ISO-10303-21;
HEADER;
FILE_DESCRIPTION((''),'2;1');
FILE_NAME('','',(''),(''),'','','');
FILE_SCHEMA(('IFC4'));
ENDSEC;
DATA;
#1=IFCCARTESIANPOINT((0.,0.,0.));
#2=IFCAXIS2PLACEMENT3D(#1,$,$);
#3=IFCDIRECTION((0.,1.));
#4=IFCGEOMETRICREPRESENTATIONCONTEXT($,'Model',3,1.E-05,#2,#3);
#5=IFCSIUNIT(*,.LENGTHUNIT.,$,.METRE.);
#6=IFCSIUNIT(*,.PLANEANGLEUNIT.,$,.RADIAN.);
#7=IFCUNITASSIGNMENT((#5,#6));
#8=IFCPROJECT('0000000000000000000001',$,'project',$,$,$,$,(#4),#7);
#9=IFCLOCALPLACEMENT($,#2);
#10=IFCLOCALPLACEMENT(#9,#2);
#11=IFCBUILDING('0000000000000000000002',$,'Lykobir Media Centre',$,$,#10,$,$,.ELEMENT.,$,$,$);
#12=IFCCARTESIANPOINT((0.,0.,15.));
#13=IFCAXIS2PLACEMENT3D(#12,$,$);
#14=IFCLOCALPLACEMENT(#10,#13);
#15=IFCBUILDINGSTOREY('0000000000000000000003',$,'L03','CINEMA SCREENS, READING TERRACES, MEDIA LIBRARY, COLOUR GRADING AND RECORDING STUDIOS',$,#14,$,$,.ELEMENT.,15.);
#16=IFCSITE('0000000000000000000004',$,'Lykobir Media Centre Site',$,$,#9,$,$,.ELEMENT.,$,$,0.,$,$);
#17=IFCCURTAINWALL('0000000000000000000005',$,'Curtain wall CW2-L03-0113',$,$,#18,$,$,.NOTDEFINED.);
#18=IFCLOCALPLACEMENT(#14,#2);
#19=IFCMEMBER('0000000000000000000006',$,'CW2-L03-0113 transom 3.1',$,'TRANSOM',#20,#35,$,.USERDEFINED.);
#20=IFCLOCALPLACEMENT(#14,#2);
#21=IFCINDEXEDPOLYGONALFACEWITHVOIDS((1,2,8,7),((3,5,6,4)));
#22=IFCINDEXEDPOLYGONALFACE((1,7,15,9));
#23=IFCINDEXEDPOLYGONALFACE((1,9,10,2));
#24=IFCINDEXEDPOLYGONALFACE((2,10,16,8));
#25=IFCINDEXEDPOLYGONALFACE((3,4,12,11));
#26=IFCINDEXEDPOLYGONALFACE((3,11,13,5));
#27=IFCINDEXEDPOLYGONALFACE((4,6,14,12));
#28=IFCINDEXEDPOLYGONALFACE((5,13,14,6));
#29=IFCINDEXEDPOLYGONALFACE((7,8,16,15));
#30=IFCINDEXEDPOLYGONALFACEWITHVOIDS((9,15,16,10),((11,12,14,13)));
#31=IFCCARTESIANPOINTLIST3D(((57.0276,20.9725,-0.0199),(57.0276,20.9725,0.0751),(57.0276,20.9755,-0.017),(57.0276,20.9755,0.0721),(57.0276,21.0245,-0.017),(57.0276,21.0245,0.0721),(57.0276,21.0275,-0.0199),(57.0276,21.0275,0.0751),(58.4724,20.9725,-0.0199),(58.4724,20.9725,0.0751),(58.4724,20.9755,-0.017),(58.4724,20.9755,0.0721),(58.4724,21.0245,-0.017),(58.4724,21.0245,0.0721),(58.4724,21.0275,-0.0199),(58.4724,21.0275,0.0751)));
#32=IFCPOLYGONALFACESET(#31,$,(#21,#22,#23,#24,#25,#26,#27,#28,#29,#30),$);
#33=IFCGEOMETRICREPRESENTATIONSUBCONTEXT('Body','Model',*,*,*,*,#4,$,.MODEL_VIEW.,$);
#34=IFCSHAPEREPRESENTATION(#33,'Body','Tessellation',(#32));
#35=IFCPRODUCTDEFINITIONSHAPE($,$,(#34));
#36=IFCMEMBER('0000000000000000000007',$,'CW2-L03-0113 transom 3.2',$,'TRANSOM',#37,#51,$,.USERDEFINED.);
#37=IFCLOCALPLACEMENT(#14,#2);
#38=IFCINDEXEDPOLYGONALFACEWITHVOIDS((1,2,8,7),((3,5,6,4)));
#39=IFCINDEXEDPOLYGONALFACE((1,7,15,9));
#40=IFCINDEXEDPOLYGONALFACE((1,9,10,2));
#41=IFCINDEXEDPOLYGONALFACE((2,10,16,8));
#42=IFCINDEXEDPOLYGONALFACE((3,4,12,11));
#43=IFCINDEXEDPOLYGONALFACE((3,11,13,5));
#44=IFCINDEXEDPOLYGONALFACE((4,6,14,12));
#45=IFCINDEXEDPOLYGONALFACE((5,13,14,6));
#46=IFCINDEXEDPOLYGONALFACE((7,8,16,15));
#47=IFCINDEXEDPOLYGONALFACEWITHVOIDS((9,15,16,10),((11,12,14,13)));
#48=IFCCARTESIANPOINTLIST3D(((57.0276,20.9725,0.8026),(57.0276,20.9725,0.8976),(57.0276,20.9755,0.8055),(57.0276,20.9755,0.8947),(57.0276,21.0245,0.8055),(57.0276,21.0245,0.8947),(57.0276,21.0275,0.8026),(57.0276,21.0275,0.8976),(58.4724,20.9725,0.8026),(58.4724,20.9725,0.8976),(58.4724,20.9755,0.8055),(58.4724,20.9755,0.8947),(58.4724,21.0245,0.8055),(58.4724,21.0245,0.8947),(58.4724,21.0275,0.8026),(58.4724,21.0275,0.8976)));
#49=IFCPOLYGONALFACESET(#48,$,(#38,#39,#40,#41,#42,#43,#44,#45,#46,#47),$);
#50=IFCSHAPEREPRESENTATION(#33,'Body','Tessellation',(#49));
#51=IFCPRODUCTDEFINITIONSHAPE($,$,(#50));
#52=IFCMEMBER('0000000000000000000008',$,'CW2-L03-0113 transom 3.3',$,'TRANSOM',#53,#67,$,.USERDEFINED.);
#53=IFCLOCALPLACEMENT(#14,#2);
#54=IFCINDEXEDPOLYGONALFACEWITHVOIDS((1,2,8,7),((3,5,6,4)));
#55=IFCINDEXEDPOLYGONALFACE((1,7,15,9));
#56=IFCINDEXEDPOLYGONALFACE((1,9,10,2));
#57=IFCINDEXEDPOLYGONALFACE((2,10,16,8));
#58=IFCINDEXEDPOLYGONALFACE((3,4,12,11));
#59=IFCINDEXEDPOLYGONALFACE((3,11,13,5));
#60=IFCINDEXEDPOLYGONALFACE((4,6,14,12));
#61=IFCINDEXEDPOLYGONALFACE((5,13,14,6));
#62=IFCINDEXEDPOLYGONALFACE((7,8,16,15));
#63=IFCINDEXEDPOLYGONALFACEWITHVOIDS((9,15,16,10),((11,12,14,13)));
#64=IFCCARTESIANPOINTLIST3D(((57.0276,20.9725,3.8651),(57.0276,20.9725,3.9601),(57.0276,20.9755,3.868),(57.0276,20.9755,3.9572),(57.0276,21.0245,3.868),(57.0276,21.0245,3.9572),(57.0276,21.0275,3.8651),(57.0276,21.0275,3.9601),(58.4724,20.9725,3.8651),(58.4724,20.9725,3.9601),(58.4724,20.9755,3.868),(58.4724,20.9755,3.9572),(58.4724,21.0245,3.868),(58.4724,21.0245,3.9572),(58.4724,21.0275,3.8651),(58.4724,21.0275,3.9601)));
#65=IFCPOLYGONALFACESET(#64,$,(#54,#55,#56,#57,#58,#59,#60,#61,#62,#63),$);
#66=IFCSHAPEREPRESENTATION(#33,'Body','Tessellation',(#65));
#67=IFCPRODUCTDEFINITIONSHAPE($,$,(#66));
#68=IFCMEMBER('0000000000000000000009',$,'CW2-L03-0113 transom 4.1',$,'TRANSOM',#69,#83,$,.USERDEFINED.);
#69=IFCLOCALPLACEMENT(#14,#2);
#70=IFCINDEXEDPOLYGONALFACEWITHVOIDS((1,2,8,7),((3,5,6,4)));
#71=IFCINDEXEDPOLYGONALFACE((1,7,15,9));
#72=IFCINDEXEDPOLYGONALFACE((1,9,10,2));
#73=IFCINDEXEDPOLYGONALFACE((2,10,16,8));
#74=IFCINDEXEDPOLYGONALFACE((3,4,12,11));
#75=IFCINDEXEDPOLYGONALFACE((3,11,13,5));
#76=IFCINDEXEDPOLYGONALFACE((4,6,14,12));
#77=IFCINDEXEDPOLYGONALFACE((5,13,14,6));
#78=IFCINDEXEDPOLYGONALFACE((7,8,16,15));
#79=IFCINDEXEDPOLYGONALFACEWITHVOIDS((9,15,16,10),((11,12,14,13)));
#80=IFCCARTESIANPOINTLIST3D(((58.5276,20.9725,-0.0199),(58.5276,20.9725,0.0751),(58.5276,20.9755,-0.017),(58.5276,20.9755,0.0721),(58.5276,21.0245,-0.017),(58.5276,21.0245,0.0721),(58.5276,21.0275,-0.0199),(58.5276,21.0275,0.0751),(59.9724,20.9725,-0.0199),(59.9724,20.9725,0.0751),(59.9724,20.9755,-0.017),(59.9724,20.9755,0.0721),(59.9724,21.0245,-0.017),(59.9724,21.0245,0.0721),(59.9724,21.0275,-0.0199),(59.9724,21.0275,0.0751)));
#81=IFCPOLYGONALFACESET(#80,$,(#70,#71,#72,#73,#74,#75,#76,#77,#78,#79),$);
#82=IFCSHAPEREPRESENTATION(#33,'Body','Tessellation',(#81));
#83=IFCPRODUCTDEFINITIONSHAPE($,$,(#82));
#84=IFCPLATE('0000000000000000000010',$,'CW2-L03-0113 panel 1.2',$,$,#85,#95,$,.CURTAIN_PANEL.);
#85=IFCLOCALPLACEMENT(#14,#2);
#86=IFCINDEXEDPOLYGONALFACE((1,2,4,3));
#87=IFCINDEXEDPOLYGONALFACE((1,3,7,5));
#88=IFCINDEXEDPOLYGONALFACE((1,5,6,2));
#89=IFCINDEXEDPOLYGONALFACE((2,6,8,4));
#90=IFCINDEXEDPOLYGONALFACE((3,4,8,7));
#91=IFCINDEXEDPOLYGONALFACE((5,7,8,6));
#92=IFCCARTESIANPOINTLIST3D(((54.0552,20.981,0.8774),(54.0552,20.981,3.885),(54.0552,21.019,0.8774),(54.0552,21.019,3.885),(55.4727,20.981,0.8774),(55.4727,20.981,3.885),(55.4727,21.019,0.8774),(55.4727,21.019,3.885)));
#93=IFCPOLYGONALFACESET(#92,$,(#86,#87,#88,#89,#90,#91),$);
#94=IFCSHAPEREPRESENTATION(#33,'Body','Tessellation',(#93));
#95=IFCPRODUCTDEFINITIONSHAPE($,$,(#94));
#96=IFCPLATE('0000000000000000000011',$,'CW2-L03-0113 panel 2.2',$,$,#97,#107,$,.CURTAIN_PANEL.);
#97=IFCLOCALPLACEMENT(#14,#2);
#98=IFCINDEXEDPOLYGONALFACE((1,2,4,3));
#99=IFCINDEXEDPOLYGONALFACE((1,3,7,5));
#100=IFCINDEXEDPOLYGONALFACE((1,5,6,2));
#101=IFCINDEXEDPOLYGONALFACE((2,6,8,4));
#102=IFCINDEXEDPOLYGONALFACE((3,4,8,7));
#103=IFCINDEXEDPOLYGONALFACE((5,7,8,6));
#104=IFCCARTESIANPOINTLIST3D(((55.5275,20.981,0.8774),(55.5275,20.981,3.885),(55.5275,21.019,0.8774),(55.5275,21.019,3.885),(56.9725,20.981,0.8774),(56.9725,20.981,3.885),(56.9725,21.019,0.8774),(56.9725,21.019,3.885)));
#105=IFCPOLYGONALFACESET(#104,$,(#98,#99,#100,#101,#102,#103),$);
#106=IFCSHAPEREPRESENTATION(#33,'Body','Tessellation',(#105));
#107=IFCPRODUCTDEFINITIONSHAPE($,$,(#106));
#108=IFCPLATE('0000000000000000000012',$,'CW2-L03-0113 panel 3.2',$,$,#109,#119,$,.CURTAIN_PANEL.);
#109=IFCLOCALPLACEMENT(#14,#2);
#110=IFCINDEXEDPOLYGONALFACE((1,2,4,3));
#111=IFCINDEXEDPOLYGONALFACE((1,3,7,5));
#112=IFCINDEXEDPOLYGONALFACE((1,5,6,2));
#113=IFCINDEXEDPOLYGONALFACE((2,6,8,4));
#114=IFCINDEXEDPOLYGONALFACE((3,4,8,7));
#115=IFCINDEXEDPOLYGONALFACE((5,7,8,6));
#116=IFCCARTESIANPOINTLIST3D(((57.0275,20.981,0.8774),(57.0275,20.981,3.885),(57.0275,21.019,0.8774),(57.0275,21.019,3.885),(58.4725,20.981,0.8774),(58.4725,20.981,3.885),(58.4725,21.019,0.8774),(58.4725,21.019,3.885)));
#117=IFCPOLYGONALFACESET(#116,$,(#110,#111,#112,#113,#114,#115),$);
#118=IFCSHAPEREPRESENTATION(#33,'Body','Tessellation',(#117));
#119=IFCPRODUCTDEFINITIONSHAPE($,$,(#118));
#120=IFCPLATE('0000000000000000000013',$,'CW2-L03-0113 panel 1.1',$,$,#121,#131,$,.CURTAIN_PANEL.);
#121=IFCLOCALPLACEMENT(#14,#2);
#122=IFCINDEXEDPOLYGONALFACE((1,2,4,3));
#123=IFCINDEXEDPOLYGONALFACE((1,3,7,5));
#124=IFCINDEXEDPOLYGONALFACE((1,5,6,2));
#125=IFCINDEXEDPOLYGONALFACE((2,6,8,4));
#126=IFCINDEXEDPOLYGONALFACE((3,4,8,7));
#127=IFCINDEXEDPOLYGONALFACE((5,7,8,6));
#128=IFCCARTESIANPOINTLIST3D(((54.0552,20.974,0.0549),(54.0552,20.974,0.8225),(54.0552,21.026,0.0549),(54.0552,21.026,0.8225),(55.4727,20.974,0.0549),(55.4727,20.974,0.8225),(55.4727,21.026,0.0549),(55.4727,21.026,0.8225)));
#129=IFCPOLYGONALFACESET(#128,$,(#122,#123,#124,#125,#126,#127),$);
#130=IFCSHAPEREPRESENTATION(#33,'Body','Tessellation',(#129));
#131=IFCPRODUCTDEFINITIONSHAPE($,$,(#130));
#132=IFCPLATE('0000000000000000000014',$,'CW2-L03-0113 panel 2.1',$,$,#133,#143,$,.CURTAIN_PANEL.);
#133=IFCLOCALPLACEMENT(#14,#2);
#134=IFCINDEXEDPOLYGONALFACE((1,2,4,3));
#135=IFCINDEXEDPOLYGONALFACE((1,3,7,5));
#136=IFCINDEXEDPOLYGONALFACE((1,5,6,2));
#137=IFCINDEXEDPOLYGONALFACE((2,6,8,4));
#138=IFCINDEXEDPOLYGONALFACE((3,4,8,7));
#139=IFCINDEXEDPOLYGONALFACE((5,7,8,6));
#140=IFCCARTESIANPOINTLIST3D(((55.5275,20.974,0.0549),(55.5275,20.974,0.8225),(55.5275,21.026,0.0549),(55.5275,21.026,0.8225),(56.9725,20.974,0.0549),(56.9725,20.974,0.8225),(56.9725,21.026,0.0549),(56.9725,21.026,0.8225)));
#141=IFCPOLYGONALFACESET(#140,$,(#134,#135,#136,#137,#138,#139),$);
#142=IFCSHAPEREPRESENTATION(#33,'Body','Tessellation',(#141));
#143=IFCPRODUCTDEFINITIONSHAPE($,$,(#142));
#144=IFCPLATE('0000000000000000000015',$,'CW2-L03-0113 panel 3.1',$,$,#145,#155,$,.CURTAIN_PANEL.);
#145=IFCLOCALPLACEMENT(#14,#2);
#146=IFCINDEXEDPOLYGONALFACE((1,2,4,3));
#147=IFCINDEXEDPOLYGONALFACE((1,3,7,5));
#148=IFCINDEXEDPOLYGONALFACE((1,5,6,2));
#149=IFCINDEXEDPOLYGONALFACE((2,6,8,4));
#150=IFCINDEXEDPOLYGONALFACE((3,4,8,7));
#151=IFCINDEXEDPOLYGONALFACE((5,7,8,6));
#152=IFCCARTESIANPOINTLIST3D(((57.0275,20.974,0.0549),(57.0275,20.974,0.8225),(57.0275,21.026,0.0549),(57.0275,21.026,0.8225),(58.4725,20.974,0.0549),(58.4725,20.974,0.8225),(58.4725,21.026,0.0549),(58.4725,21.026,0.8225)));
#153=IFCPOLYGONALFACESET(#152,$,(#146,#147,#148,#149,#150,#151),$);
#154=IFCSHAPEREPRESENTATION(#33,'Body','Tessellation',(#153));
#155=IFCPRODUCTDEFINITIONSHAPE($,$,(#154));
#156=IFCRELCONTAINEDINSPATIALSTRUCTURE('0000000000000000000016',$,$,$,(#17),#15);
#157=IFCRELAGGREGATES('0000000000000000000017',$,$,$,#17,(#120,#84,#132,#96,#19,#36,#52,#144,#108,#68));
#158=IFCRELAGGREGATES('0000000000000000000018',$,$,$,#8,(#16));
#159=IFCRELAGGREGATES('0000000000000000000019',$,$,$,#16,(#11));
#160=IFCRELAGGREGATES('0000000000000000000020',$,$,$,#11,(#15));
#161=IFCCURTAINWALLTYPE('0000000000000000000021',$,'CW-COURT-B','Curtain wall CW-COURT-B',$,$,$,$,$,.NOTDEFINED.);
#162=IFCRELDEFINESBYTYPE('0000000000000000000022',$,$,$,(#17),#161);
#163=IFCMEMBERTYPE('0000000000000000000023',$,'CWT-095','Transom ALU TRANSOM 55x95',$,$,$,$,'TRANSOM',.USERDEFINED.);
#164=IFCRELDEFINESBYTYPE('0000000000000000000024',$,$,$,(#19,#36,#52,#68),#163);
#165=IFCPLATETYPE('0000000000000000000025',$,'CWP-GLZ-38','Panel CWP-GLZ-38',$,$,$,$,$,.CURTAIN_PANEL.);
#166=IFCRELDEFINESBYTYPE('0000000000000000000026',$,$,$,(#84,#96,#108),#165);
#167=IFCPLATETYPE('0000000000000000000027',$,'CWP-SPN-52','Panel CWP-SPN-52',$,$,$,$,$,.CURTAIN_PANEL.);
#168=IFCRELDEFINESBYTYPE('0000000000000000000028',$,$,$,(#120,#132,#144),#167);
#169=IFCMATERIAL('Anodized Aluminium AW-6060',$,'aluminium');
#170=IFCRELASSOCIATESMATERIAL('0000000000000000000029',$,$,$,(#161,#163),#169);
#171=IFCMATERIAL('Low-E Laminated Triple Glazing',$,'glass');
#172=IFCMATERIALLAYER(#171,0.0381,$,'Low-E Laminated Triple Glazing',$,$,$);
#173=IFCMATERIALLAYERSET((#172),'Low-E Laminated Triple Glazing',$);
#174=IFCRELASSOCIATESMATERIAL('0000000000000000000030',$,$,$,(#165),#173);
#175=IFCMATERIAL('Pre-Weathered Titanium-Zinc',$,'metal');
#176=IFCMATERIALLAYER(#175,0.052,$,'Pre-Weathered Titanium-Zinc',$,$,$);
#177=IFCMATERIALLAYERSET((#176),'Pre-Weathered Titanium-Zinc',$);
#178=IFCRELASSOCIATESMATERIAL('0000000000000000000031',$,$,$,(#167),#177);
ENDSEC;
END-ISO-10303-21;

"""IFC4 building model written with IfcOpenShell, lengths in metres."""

from ifc_helpers import new_model, si_unit, direction, frame, origin, origin_2d, place, context, subcontext, project, spatial, rectangle, hollow_rectangle, extrude, material, layer, layer_set, material_profile, profile_set, type_object, element, aggregate, save


model = new_model("IFC4")

# Units and contexts
model_context = context("Model", 3, precision=1e-05, world=origin(), true_north=direction((0.0, 1.0)))
body_context = subcontext(model_context, "Body", "Model", "MODEL_VIEW")
ifc_project = project(units=[si_unit("LENGTHUNIT", "METRE"), si_unit("PLANEANGLEUNIT", "RADIAN")], contexts=[model_context])

# Site, building, storey
site_placement = place(None, origin())
site = spatial("IfcSite", under=ifc_project, at=site_placement, Name="Lykobir Media Centre Site", CompositionType="ELEMENT", RefElevation=0.0)
building_placement = place(site_placement, origin())
building = spatial("IfcBuilding", under=site, at=building_placement, Name="Lykobir Media Centre", CompositionType="ELEMENT")
storey_placement = place(building_placement, frame((0.0, 0.0, 15.0)))
storey = spatial("IfcBuildingStorey", under=building, at=storey_placement, Name="L03", Description="CINEMA SCREENS, READING TERRACES, MEDIA LIBRARY, COLOUR GRADING AND RECORDING STUDIOS", CompositionType="ELEMENT", Elevation=15.0)

# Shared definitions
ifc_material_1 = material(Name="Anodized Aluminium AW-6060", Category="aluminium")
curtain_wall_type = type_object("IfcCurtainWallType", Name="CW-COURT-B", Description="Curtain wall CW-COURT-B", PredefinedType="NOTDEFINED", material=ifc_material_1)

# Curtain wall, members, plates
curtain_wall_1_placement = place(storey_placement, origin())
curtain_wall_1 = element("IfcCurtainWall", 1, at=curtain_wall_1_placement, inside=storey, type_object=curtain_wall_type, Name="Curtain wall CW2-L03-0113", PredefinedType="NOTDEFINED")
ifc_material_profile_1 = material_profile(ifc_material_1, hollow_rectangle(XDim=0.0549, YDim=0.095, WallThickness=0.0029, at=origin_2d()), Name="ALU TRANSOM 55x95")
ifc_profile_set_1 = profile_set([ifc_material_profile_1], Name="Anodized Aluminium AW-6060")
member_type_1 = type_object("IfcMemberType", Name="CWT-095", Description="Transom ALU TRANSOM 55x95", ElementType="TRANSOM", PredefinedType="USERDEFINED", material=ifc_profile_set_1)
member_1_placement = place(storey_placement, frame((57.0276, 21.0, 0.0276), z_axis=(1.0, 0.0, 0.0), x_axis=(0.0, 1.0, 0.0)))
member_1 = element("IfcMember", 2, at=member_1_placement, type_object=member_type_1, Name="CW2-L03-0113 transom 3.1", ObjectType="TRANSOM", PredefinedType="USERDEFINED", context=body_context, shape_type="SweptSolid", body=[
    extrude(hollow_rectangle(XDim=0.0549, YDim=0.095, WallThickness=0.0029, at=origin_2d()), origin(), (0.0, 0.0, 1.0), 1.4448),
])
member_2_placement = place(storey_placement, frame((57.0276, 21.0, 0.8501), z_axis=(1.0, 0.0, 0.0), x_axis=(0.0, 1.0, 0.0)))
member_2 = element("IfcMember", 3, at=member_2_placement, type_object=member_type_1, Name="CW2-L03-0113 transom 3.2", ObjectType="TRANSOM", PredefinedType="USERDEFINED", context=body_context, shape_type="SweptSolid", body=[
    extrude(hollow_rectangle(XDim=0.0549, YDim=0.095, WallThickness=0.0029, at=origin_2d()), origin(), (0.0, 0.0, 1.0), 1.4448),
])
member_3_placement = place(storey_placement, frame((57.0276, 21.0, 3.9126), z_axis=(1.0, 0.0, 0.0), x_axis=(0.0, 1.0, 0.0)))
member_3 = element("IfcMember", 4, at=member_3_placement, type_object=member_type_1, Name="CW2-L03-0113 transom 3.3", ObjectType="TRANSOM", PredefinedType="USERDEFINED", context=body_context, shape_type="SweptSolid", body=[
    extrude(hollow_rectangle(XDim=0.0549, YDim=0.095, WallThickness=0.0029, at=origin_2d()), origin(), (0.0, 0.0, 1.0), 1.4448),
])
member_4_placement = place(storey_placement, frame((58.5276, 21.0, 0.0276), z_axis=(1.0, 0.0, 0.0), x_axis=(0.0, 1.0, 0.0)))
member_4 = element("IfcMember", 5, at=member_4_placement, type_object=member_type_1, Name="CW2-L03-0113 transom 4.1", ObjectType="TRANSOM", PredefinedType="USERDEFINED", context=body_context, shape_type="SweptSolid", body=[
    extrude(hollow_rectangle(XDim=0.0549, YDim=0.095, WallThickness=0.0029, at=origin_2d()), origin(), (0.0, 0.0, 1.0), 1.4448),
])
ifc_material_2 = material(Name="Low-E Laminated Triple Glazing", Category="glass")
ifc_layer_1 = layer(ifc_material_2, 0.0381, Name="Low-E Laminated Triple Glazing")
ifc_layer_set_1 = layer_set([ifc_layer_1], Name="Low-E Laminated Triple Glazing")
plate_type_1 = type_object("IfcPlateType", Name="CWP-GLZ-38", Description="Panel CWP-GLZ-38", PredefinedType="CURTAIN_PANEL", material=ifc_layer_set_1)
plate_1_placement = place(storey_placement, frame((54.7639, 21.0, 0.8774), z_axis=(0.0, 0.0, 1.0), x_axis=(1.0, 0.0, 0.0)))
plate_1 = element("IfcPlate", 6, at=plate_1_placement, type_object=plate_type_1, Name="CW2-L03-0113 panel 1.2", PredefinedType="CURTAIN_PANEL", context=body_context, shape_type="SweptSolid", body=[
    extrude(rectangle(XDim=1.4175, YDim=0.0381, at=origin_2d()), origin(), (0.0, 0.0, 1.0), 3.0076),
])
plate_2_placement = place(storey_placement, frame((56.25, 21.0, 0.8774), z_axis=(0.0, 0.0, 1.0), x_axis=(1.0, 0.0, 0.0)))
plate_2 = element("IfcPlate", 7, at=plate_2_placement, type_object=plate_type_1, Name="CW2-L03-0113 panel 2.2", PredefinedType="CURTAIN_PANEL", context=body_context, shape_type="SweptSolid", body=[
    extrude(rectangle(XDim=1.4451, YDim=0.0381, at=origin_2d()), origin(), (0.0, 0.0, 1.0), 3.0076),
])
plate_3_placement = place(storey_placement, frame((57.75, 21.0, 0.8774), z_axis=(0.0, 0.0, 1.0), x_axis=(1.0, 0.0, 0.0)))
plate_3 = element("IfcPlate", 8, at=plate_3_placement, type_object=plate_type_1, Name="CW2-L03-0113 panel 3.2", PredefinedType="CURTAIN_PANEL", context=body_context, shape_type="SweptSolid", body=[
    extrude(rectangle(XDim=1.4451, YDim=0.0381, at=origin_2d()), origin(), (0.0, 0.0, 1.0), 3.0076),
])
ifc_material_3 = material(Name="Pre-Weathered Titanium-Zinc", Category="metal")
ifc_layer_2 = layer(ifc_material_3, 0.052, Name="Pre-Weathered Titanium-Zinc")
ifc_layer_set_2 = layer_set([ifc_layer_2], Name="Pre-Weathered Titanium-Zinc")
plate_type_2 = type_object("IfcPlateType", Name="CWP-SPN-52", Description="Panel CWP-SPN-52", PredefinedType="CURTAIN_PANEL", material=ifc_layer_set_2)
plate_4_placement = place(storey_placement, frame((54.7639, 21.0, 0.0549), z_axis=(0.0, 0.0, 1.0), x_axis=(1.0, 0.0, 0.0)))
plate_4 = element("IfcPlate", 9, at=plate_4_placement, type_object=plate_type_2, Name="CW2-L03-0113 panel 1.1", PredefinedType="CURTAIN_PANEL", context=body_context, shape_type="SweptSolid", body=[
    extrude(rectangle(XDim=1.4175, YDim=0.052, at=origin_2d()), origin(), (0.0, 0.0, 1.0), 0.7676),
])
plate_5_placement = place(storey_placement, frame((56.25, 21.0, 0.0549), z_axis=(0.0, 0.0, 1.0), x_axis=(1.0, 0.0, 0.0)))
plate_5 = element("IfcPlate", 10, at=plate_5_placement, type_object=plate_type_2, Name="CW2-L03-0113 panel 2.1", PredefinedType="CURTAIN_PANEL", context=body_context, shape_type="SweptSolid", body=[
    extrude(rectangle(XDim=1.4451, YDim=0.052, at=origin_2d()), origin(), (0.0, 0.0, 1.0), 0.7676),
])
plate_6_placement = place(storey_placement, frame((57.75, 21.0, 0.0549), z_axis=(0.0, 0.0, 1.0), x_axis=(1.0, 0.0, 0.0)))
plate_6 = element("IfcPlate", 11, at=plate_6_placement, type_object=plate_type_2, Name="CW2-L03-0113 panel 3.1", PredefinedType="CURTAIN_PANEL", context=body_context, shape_type="SweptSolid", body=[
    extrude(rectangle(XDim=1.4451, YDim=0.052, at=origin_2d()), origin(), (0.0, 0.0, 1.0), 0.7676),
])
aggregate(curtain_wall_1, [plate_4, plate_1, plate_5, plate_2, member_1, member_2, member_3, plate_6, plate_3, member_4])

save(model, "model.ifc")
